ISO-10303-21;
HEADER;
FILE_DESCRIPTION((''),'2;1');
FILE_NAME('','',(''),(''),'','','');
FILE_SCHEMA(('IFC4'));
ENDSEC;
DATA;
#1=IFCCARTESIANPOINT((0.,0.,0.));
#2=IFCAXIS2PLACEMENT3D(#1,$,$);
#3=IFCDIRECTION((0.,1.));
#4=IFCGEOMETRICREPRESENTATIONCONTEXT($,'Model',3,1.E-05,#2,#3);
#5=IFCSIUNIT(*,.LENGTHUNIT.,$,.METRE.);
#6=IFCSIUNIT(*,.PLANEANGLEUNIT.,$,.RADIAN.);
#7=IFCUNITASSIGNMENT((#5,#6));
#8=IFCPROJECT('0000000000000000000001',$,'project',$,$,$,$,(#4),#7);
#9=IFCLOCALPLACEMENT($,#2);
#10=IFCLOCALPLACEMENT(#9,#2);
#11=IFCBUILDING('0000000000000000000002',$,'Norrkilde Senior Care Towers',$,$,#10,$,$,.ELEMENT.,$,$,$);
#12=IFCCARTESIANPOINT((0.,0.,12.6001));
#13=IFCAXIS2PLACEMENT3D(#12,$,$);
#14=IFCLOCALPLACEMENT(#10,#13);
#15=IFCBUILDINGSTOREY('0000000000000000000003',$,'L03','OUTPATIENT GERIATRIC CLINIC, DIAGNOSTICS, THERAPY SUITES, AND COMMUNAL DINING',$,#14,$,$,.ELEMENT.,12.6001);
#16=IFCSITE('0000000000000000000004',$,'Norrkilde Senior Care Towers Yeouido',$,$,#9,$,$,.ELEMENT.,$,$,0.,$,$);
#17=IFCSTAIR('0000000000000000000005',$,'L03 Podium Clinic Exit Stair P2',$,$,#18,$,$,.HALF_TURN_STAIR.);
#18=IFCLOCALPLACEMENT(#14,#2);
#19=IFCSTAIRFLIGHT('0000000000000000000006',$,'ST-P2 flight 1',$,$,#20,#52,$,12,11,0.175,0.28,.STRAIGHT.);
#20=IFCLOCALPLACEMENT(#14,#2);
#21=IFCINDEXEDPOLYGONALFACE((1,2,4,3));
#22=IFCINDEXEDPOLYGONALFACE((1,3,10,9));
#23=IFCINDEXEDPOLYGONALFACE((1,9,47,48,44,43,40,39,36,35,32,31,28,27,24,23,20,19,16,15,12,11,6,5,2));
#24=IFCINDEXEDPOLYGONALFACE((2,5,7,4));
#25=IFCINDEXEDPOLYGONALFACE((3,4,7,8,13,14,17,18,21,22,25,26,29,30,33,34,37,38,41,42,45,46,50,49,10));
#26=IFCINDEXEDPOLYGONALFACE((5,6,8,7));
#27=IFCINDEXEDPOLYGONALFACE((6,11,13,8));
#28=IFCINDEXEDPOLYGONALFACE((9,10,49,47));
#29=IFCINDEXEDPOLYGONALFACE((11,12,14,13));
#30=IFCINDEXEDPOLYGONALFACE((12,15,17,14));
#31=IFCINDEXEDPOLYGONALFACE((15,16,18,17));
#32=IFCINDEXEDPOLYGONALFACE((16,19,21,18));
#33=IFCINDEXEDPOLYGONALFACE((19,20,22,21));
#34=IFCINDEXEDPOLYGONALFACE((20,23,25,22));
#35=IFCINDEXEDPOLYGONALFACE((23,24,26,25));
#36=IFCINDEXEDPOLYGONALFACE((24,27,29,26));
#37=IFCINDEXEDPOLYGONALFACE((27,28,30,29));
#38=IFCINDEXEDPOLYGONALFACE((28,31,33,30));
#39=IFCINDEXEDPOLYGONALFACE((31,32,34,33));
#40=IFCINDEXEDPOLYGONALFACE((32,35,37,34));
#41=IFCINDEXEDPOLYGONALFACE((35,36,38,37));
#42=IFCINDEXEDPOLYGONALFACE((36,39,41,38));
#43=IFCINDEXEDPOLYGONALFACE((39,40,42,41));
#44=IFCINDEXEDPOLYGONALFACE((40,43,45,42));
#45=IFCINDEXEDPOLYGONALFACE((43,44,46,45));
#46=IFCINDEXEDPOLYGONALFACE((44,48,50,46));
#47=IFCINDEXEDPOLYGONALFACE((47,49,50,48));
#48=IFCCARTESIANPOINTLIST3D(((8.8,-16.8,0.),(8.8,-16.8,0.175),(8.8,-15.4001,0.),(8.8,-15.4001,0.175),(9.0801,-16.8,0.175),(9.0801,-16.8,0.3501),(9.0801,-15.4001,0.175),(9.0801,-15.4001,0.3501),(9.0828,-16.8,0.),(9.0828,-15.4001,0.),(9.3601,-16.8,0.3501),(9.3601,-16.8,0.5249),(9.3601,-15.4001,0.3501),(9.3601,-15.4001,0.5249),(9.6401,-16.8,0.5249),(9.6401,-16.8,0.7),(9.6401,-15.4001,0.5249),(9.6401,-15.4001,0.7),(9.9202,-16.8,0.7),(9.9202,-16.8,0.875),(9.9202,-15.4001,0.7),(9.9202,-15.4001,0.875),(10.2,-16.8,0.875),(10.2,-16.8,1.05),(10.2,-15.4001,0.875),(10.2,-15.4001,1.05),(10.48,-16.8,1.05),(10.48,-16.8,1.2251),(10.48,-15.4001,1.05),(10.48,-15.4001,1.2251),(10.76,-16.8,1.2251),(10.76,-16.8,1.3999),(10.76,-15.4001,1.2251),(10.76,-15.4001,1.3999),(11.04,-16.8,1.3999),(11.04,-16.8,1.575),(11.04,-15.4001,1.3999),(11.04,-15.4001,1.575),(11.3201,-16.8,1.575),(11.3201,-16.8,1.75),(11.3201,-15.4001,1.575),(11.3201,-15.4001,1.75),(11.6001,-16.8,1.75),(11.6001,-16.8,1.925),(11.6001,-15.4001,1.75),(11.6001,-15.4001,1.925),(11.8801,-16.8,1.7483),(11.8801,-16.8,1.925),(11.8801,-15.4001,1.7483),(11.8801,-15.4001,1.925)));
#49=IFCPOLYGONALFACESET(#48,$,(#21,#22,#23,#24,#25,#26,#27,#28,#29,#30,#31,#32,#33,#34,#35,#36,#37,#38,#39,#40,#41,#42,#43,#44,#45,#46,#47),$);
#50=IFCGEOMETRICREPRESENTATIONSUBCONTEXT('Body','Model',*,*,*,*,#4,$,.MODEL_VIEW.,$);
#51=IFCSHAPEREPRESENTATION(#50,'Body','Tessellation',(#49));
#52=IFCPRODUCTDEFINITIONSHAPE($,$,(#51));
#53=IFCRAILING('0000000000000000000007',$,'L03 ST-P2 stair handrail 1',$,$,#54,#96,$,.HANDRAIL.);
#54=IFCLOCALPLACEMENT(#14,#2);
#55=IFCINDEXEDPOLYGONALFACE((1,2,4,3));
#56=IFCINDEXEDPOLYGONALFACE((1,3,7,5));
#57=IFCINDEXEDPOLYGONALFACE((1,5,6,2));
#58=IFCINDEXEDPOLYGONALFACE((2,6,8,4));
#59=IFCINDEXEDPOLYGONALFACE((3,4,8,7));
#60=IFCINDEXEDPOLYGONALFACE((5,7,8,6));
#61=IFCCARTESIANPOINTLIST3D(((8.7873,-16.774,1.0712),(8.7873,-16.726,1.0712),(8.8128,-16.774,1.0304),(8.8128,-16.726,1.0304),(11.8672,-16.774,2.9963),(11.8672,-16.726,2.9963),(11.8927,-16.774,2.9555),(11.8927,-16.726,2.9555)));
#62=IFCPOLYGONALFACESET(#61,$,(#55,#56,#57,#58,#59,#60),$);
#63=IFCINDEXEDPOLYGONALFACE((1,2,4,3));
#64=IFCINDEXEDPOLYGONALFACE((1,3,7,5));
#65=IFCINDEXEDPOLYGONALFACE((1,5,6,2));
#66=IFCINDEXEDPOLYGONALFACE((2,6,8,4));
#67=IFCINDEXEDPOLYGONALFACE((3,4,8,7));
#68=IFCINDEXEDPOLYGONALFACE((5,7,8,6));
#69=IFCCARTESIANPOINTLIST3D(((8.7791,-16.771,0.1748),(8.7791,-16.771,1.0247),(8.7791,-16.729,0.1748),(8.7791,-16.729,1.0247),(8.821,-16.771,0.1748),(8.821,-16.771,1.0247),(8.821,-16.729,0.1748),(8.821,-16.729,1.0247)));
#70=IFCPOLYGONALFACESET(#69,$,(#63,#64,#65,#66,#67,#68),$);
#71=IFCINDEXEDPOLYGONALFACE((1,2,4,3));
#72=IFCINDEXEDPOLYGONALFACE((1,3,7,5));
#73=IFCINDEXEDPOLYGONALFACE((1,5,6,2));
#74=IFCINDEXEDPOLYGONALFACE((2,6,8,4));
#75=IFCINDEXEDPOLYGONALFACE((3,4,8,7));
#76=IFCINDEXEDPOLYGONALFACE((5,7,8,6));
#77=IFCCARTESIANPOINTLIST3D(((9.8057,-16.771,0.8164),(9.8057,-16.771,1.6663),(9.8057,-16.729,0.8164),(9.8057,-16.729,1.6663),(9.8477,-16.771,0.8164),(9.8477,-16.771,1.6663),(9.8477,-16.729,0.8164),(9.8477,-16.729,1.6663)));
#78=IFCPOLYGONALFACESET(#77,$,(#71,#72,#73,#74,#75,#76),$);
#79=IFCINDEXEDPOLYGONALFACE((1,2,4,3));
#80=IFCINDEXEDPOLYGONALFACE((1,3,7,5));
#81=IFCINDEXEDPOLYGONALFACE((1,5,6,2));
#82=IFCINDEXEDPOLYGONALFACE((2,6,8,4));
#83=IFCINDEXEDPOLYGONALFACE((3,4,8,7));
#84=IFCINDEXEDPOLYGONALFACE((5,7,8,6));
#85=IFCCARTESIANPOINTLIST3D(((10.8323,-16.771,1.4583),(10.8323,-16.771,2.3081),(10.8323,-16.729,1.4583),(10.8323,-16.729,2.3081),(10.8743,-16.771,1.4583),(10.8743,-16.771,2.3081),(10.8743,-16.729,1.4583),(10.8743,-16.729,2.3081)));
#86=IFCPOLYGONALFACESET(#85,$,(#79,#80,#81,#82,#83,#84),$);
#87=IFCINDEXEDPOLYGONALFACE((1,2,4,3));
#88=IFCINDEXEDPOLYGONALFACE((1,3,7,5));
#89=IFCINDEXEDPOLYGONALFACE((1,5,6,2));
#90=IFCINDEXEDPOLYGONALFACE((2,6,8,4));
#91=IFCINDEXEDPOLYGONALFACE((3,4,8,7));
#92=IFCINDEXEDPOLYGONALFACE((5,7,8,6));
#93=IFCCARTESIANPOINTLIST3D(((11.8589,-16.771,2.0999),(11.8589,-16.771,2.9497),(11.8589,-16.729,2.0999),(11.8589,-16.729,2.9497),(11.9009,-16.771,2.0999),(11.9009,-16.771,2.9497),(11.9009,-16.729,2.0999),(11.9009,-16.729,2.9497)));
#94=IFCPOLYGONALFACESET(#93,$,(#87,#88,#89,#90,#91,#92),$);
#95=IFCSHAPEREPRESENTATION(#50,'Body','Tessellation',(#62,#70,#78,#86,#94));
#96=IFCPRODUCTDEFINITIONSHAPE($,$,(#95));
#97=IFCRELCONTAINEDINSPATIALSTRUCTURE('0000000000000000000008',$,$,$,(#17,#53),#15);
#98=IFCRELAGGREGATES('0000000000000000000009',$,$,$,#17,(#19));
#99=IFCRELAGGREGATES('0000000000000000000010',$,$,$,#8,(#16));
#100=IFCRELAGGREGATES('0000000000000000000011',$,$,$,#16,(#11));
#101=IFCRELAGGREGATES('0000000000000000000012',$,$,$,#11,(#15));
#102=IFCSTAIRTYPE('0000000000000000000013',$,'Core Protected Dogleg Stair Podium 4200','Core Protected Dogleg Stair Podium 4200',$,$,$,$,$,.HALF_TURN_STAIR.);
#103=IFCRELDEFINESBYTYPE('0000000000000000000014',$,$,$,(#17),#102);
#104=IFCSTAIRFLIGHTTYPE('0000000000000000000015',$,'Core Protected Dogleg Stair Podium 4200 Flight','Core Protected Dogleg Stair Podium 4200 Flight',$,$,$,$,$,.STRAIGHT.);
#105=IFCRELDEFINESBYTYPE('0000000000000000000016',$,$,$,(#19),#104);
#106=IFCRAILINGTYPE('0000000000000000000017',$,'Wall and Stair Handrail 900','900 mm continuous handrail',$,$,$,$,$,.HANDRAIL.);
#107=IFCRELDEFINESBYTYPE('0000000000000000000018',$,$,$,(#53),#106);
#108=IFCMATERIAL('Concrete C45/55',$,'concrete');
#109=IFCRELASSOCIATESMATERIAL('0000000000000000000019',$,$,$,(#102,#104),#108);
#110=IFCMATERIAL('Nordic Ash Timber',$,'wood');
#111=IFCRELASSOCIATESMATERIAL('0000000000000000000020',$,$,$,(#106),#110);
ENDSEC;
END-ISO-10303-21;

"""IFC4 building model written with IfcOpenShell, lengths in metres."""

from ifc_helpers import new_model, si_unit, direction, frame, origin, origin_2d, place, context, subcontext, project, spatial, polyline, rectangle, outline, extrude, material, type_object, element, aggregate, save


model = new_model("IFC4")

# Units and contexts
model_context = context("Model", 3, precision=1e-05, world=origin(), true_north=direction((0.0, 1.0)))
body_context = subcontext(model_context, "Body", "Model", "MODEL_VIEW")
ifc_project = project(units=[si_unit("LENGTHUNIT", "METRE"), si_unit("PLANEANGLEUNIT", "RADIAN")], contexts=[model_context])

# Site, building, storey
site_placement = place(None, origin())
site = spatial("IfcSite", under=ifc_project, at=site_placement, Name="Norrkilde Senior Care Towers Yeouido", CompositionType="ELEMENT", RefElevation=0.0)
building_placement = place(site_placement, origin())
building = spatial("IfcBuilding", under=site, at=building_placement, Name="Norrkilde Senior Care Towers", CompositionType="ELEMENT")
storey_placement = place(building_placement, frame((0.0, 0.0, 12.6001)))
storey = spatial("IfcBuildingStorey", under=building, at=storey_placement, Name="L03", Description="OUTPATIENT GERIATRIC CLINIC, DIAGNOSTICS, THERAPY SUITES, AND COMMUNAL DINING", CompositionType="ELEMENT", Elevation=12.6001)

# Shared definitions
ifc_material_1 = material(Name="Concrete C45/55", Category="concrete")

# Stair, stair flight
stair_type = type_object("IfcStairType", Name="Core Protected Dogleg Stair Podium 4200", Description="Core Protected Dogleg Stair Podium 4200", PredefinedType="HALF_TURN_STAIR", material=ifc_material_1)
stair_placement = place(storey_placement, origin())
stair = element("IfcStair", 1, at=stair_placement, inside=storey, type_object=stair_type, Name="L03 Podium Clinic Exit Stair P2", PredefinedType="HALF_TURN_STAIR")
stair_flight_type = type_object("IfcStairFlightType", Name="Core Protected Dogleg Stair Podium 4200 Flight", Description="Core Protected Dogleg Stair Podium 4200 Flight", PredefinedType="STRAIGHT", material=ifc_material_1)
stair_flight_placement = place(storey_placement, frame((8.8, -16.1001, 0.0), z_axis=(0.0, 0.0, 1.0), x_axis=(1.0, 0.0, 0.0)))
stair_flight = element("IfcStairFlight", 2, at=stair_flight_placement, type_object=stair_flight_type, Name="ST-P2 flight 1", NumberOfRisers=12, NumberOfTreads=11, PredefinedType="STRAIGHT", RiserHeight=0.175, TreadLength=0.28, context=body_context, shape_type="SweptSolid", body=[
    extrude(outline(polyline([(0.0, 0.0), (0.0, 0.175), (0.28, 0.175), (0.28, 0.3501), (0.5601, 0.3501), (0.5601, 0.5249), (0.8401, 0.5249), (0.8401, 0.7), (1.1201, 0.7), (1.1201, 0.875), (1.3999, 0.875), (1.3999, 1.05), (1.6799, 1.05), (1.6799, 1.2251), (1.96, 1.2251), (1.96, 1.3999), (2.24, 1.3999), (2.24, 1.575), (2.52, 1.575), (2.52, 1.75), (2.8, 1.75), (2.8, 1.925), (3.0801, 1.925), (3.0801, 2.1001), (3.0801, 1.7483), (0.2827, 0.0), (0.0, 0.0)])), frame((0.0, 0.7, 0.0), z_axis=(0.0, -1.0, 0.0), x_axis=(1.0, 0.0, 0.0)), (0.0, 0.0, 1.0), 1.3999),
])
aggregate(stair, [stair_flight])

# Railing
ifc_material_2 = material(Name="Nordic Ash Timber", Category="wood")
railing_type = type_object("IfcRailingType", Name="Wall and Stair Handrail 900", Description="900 mm continuous handrail", PredefinedType="HANDRAIL", material=ifc_material_2)
railing_placement = place(storey_placement, frame((8.8, -16.75, 0.1748)))
element("IfcRailing", 3, at=railing_placement, inside=storey, type_object=railing_type, Name="L03 ST-P2 stair handrail 1", PredefinedType="HANDRAIL", context=body_context, shape_type="SweptSolid", body=[
    extrude(rectangle(XDim=0.0481, YDim=0.0481, at=origin_2d()), frame((0.0, 0.0, 0.876), z_axis=(0.847979, 0.0, 0.530029), x_axis=(0.0, 1.0, 0.0)), (0.0, 0.0, 1.0), 3.6321),
    extrude(rectangle(XDim=0.042, YDim=0.042, at=origin_2d()), origin(), (0.0, 0.0, 1.0), 0.8499),
    extrude(rectangle(XDim=0.042, YDim=0.042, at=origin_2d()), frame((1.0266, 0.0, 0.6416)), (0.0, 0.0, 1.0), 0.8499),
    extrude(rectangle(XDim=0.042, YDim=0.042, at=origin_2d()), frame((2.0532, 0.0, 1.2834)), (0.0, 0.0, 1.0), 0.8499),
    extrude(rectangle(XDim=0.042, YDim=0.042, at=origin_2d()), frame((3.0798, 0.0, 1.925)), (0.0, 0.0, 1.0), 0.8499),
])

save(model, "model.ifc")
